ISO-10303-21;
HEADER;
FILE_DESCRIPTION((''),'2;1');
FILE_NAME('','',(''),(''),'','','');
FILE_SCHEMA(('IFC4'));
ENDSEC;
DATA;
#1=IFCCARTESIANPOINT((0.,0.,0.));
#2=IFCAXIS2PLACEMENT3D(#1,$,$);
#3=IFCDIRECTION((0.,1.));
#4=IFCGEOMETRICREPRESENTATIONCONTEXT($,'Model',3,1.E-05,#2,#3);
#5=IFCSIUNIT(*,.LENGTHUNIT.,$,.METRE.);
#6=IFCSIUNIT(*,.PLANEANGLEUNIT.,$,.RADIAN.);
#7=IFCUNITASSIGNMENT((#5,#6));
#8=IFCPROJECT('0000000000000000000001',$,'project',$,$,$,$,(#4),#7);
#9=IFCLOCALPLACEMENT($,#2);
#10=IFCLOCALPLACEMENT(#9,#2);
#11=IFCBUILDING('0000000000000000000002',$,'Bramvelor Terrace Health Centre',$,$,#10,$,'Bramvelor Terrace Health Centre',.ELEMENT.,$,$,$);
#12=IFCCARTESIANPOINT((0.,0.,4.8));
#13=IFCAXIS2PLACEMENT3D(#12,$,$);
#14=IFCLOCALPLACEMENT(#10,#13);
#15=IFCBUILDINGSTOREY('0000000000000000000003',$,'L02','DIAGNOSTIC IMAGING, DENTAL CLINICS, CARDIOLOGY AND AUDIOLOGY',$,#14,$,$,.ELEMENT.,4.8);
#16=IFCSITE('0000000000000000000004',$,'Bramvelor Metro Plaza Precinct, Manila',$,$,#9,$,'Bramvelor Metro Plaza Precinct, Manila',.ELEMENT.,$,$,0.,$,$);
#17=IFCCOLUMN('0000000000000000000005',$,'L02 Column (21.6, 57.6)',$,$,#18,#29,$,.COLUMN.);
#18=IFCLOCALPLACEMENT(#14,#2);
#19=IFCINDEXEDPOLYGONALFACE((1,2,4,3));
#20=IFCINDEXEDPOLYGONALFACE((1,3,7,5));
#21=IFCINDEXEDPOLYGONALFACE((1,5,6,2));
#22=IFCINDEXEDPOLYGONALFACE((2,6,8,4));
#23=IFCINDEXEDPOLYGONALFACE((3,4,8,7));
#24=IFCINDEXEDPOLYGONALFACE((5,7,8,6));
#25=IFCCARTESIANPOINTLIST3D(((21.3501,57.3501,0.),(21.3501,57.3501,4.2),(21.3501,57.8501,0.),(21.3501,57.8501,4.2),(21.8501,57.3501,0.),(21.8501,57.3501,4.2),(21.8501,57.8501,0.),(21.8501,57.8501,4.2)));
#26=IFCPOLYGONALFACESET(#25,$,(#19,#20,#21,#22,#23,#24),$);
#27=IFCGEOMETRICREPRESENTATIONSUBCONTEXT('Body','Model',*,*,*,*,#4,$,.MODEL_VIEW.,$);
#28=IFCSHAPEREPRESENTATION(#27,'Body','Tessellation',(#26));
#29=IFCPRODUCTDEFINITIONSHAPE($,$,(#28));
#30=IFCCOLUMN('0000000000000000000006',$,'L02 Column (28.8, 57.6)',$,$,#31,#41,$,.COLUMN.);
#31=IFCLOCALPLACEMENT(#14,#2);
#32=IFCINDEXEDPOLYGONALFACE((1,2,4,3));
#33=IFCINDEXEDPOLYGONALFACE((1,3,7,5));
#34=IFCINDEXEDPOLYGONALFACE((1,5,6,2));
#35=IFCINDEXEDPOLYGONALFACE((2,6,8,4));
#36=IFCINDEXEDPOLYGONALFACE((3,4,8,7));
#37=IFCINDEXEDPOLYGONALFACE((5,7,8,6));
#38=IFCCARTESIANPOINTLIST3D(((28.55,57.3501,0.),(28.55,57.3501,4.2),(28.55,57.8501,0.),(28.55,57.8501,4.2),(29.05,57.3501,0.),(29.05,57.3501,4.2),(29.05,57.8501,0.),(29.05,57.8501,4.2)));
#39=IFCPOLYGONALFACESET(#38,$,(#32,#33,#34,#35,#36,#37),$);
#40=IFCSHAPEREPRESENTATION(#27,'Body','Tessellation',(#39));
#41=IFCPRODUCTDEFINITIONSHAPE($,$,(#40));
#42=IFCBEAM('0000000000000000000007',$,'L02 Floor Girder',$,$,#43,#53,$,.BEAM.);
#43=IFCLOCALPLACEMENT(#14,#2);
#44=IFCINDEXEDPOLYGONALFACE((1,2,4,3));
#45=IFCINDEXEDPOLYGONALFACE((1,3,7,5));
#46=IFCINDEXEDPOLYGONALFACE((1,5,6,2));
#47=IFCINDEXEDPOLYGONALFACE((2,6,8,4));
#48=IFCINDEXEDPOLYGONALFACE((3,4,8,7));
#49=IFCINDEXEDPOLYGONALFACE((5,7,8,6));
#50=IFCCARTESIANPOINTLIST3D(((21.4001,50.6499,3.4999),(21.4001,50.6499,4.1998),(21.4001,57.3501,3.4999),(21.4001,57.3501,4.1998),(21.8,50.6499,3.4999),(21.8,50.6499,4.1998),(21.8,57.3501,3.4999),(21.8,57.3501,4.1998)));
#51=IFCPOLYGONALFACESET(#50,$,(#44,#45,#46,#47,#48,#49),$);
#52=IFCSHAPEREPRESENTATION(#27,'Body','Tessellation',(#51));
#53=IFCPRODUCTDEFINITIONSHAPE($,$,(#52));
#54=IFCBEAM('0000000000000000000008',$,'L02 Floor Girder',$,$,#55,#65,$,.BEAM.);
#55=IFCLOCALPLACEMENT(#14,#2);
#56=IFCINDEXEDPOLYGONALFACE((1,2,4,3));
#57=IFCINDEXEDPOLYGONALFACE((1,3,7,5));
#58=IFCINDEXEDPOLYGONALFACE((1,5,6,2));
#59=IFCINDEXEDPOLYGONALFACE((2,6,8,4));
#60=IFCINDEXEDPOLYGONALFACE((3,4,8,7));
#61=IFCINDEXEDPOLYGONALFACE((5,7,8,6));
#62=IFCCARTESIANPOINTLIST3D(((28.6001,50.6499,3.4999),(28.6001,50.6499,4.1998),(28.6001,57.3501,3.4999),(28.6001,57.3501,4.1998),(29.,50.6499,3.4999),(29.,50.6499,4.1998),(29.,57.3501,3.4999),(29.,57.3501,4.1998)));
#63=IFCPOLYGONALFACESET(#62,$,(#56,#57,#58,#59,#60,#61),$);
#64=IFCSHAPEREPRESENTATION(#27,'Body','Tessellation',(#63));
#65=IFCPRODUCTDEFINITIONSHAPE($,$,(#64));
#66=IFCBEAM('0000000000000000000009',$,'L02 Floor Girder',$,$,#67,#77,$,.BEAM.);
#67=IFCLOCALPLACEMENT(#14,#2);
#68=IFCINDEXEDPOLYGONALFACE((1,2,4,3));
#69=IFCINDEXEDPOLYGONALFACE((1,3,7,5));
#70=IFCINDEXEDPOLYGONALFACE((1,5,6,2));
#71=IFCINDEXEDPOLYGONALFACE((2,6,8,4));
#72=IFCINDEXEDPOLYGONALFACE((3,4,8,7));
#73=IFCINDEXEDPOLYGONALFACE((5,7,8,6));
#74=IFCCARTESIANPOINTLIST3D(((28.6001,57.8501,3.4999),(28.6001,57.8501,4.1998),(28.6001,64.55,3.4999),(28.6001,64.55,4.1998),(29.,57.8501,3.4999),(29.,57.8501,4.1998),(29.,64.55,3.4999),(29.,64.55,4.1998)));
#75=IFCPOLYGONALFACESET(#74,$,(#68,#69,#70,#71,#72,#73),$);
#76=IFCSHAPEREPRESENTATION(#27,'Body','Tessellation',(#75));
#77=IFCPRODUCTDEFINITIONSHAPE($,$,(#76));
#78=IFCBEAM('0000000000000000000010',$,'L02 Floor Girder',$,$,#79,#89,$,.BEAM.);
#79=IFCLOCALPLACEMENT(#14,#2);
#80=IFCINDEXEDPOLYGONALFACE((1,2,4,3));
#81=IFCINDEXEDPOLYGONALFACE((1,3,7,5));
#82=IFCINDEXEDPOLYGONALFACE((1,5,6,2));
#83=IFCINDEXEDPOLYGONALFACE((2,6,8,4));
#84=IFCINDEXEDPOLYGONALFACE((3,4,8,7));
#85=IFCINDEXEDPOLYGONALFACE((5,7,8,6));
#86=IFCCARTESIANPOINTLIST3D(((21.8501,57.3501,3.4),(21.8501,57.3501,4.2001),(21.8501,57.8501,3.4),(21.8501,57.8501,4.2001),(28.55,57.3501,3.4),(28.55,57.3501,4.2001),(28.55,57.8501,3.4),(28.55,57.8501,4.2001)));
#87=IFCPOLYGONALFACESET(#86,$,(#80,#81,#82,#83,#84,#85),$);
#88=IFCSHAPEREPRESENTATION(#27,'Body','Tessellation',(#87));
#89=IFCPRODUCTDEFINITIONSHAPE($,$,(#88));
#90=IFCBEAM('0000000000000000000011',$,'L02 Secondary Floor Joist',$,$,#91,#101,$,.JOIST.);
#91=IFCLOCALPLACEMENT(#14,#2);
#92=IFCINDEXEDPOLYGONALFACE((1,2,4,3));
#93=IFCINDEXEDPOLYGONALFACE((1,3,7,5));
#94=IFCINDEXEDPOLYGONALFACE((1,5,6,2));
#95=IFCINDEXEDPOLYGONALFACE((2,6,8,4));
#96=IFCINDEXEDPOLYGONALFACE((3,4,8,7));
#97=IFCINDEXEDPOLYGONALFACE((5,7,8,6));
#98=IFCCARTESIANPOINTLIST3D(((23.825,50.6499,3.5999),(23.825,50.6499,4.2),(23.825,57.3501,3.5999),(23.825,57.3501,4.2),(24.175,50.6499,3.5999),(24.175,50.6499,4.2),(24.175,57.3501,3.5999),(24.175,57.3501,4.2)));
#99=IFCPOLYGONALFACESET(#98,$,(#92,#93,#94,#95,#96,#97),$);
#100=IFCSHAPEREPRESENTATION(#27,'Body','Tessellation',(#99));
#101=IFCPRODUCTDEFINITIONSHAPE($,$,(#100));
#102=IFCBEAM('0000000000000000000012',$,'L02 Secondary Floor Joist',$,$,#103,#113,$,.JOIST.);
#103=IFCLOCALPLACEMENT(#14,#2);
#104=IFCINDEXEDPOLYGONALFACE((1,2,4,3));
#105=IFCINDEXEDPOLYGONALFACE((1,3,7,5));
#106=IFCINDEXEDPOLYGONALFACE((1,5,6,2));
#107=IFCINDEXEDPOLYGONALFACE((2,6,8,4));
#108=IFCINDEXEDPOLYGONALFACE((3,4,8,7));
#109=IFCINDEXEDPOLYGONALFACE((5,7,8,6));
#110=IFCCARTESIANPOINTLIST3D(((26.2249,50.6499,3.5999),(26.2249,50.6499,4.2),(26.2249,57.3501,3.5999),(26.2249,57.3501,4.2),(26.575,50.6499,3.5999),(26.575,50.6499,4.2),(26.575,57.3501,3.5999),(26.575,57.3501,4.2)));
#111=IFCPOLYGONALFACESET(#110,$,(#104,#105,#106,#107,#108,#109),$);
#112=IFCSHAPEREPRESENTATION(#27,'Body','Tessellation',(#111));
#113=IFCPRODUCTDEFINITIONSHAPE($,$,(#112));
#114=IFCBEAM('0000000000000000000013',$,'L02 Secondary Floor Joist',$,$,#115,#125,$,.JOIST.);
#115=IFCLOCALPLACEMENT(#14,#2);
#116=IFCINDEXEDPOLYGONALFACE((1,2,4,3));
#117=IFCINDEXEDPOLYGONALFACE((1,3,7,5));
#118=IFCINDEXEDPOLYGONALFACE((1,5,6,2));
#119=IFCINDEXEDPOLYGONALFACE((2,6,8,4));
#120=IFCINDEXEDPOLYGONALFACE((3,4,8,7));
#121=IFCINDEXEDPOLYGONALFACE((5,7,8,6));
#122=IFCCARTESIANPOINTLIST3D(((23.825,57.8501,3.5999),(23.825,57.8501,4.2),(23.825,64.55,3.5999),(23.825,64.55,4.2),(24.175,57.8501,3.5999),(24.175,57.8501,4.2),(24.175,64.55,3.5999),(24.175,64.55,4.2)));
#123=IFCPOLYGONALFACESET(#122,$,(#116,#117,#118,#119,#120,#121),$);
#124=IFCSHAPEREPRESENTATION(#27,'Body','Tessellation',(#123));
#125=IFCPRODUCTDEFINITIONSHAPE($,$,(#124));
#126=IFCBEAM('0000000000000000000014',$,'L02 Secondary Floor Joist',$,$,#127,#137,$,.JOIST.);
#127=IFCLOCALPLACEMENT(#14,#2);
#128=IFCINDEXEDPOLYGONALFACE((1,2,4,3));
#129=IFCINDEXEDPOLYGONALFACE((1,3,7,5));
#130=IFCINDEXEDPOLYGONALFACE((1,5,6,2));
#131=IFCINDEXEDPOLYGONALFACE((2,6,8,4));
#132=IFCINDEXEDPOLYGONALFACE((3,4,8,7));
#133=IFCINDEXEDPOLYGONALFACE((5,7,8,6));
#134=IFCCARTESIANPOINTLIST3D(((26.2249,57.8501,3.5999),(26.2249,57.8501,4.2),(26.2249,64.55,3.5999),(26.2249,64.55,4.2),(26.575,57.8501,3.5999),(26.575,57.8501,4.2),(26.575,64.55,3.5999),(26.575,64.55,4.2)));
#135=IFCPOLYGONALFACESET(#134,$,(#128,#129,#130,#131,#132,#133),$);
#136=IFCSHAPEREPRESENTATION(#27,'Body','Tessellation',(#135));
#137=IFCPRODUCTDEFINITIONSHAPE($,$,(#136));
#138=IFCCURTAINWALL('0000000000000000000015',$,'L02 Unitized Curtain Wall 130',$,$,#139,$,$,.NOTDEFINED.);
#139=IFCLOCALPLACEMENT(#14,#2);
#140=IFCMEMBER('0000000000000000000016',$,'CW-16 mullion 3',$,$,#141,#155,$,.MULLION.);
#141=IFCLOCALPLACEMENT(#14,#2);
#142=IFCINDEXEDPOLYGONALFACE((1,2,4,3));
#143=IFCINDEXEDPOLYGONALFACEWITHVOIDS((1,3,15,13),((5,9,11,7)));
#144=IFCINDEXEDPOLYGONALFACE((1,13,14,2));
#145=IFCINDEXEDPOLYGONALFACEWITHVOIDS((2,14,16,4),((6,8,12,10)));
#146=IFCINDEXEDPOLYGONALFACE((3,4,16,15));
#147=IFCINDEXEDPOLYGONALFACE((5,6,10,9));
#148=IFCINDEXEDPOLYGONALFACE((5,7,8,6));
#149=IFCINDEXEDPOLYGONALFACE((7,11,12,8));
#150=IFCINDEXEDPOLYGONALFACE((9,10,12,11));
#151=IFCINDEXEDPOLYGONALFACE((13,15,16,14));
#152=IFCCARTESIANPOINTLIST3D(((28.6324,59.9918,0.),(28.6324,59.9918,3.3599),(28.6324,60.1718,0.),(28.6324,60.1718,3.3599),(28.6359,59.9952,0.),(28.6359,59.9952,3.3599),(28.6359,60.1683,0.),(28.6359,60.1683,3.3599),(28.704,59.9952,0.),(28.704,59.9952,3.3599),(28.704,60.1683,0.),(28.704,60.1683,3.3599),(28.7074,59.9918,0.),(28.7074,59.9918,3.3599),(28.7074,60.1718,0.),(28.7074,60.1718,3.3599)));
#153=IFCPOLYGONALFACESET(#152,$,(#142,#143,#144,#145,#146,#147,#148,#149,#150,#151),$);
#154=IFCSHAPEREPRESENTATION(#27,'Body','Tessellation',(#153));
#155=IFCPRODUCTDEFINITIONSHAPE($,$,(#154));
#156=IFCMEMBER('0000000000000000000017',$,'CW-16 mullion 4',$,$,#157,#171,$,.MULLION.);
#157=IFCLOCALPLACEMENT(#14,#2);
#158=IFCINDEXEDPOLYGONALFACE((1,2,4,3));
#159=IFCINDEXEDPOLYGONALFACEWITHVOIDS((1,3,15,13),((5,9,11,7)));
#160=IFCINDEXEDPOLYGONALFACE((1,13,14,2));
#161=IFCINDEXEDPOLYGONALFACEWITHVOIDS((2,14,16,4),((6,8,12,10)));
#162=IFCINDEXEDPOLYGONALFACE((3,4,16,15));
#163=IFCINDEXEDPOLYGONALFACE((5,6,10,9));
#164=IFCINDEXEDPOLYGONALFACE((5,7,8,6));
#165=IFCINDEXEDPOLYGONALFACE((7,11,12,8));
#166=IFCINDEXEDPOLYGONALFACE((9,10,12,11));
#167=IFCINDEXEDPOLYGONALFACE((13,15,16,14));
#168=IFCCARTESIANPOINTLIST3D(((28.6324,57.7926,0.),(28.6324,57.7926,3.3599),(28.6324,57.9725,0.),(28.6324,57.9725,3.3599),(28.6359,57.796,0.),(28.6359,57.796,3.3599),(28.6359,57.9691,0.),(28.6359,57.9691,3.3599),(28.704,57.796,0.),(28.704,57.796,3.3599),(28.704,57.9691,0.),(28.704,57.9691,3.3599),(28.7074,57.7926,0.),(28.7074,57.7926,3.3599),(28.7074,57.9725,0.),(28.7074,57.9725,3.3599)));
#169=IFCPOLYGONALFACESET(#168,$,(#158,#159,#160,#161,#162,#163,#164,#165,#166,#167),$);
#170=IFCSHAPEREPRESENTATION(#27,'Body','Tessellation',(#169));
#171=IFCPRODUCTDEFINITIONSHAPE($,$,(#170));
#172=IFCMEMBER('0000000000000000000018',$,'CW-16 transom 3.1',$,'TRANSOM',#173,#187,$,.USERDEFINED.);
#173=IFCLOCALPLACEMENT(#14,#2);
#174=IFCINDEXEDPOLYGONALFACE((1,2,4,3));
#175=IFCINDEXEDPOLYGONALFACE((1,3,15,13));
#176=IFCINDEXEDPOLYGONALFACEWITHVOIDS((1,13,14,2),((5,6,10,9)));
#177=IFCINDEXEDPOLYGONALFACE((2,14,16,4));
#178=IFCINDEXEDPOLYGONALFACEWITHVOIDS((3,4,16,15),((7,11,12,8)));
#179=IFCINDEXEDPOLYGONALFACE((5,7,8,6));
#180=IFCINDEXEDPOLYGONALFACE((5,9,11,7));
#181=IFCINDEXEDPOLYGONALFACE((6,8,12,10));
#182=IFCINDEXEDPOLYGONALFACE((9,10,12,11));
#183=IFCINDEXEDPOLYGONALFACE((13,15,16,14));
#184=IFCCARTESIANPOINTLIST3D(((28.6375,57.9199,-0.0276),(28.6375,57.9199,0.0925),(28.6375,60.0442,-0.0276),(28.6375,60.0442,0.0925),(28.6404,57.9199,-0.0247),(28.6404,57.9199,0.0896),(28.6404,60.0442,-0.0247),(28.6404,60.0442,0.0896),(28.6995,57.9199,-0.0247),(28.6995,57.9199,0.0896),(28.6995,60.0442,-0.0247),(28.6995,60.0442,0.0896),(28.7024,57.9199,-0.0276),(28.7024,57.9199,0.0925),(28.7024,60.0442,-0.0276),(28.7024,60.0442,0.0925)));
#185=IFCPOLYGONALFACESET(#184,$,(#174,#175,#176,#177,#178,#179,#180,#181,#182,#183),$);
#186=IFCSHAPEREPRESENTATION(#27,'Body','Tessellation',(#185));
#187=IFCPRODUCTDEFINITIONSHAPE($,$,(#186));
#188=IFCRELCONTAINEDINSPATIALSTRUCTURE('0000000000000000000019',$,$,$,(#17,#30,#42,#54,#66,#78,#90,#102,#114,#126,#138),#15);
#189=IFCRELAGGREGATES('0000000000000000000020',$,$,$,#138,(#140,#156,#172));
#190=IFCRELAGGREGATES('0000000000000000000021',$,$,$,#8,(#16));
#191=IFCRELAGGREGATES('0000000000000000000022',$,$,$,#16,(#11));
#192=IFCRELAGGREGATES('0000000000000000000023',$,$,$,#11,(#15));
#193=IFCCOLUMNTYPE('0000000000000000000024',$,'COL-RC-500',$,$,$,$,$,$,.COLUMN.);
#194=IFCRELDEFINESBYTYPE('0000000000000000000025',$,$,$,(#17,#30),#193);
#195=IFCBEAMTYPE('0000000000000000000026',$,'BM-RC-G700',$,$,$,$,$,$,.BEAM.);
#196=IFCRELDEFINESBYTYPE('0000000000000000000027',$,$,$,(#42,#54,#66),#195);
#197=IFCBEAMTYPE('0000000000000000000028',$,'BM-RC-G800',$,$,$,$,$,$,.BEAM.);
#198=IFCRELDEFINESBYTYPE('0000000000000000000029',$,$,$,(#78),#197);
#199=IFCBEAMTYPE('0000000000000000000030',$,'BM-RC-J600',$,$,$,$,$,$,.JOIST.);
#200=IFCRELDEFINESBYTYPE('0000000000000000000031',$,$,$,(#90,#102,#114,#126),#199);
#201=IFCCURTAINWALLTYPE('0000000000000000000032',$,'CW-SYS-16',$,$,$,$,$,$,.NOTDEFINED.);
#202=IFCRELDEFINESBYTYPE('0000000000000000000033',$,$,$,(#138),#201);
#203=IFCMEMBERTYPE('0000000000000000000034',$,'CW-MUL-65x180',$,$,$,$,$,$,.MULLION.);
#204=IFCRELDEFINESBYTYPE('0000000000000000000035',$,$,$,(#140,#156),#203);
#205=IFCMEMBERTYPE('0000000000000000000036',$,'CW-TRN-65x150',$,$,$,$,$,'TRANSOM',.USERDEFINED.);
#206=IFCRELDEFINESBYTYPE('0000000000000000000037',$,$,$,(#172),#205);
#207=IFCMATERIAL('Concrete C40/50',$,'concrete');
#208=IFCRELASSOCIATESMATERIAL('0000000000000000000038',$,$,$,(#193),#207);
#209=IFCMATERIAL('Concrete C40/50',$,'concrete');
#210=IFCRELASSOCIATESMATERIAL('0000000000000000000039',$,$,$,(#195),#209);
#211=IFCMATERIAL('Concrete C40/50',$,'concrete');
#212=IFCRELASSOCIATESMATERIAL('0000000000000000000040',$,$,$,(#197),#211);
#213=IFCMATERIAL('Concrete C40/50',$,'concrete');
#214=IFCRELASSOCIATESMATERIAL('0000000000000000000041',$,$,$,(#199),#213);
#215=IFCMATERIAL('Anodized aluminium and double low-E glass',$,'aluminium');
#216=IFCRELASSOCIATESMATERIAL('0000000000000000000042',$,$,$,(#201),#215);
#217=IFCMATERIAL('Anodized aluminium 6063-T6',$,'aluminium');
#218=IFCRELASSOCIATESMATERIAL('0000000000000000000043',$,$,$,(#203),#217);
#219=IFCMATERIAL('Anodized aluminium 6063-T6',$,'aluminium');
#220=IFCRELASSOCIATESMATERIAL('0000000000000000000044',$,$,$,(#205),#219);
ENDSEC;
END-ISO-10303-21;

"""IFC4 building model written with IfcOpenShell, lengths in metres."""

from ifc_helpers import new_model, si_unit, direction, frame, origin, origin_2d, place, context, subcontext, project, spatial, rectangle, hollow_rectangle, extrude, material, material_profile, profile_set, type_object, element, aggregate, save


model = new_model("IFC4")

# Units and contexts
model_context = context("Model", 3, precision=1e-05, world=origin(), true_north=direction((0.0, 1.0)))
body_context = subcontext(model_context, "Body", "Model", "MODEL_VIEW")
ifc_project = project(units=[si_unit("LENGTHUNIT", "METRE"), si_unit("PLANEANGLEUNIT", "RADIAN")], contexts=[model_context])

# Site, building, storey
site_placement = place(None, origin())
site = spatial("IfcSite", under=ifc_project, at=site_placement, Name="Bramvelor Metro Plaza Precinct, Manila", LongName="Bramvelor Metro Plaza Precinct, Manila", CompositionType="ELEMENT", RefElevation=0.0)
building_placement = place(site_placement, origin())
building = spatial("IfcBuilding", under=site, at=building_placement, Name="Bramvelor Terrace Health Centre", LongName="Bramvelor Terrace Health Centre", CompositionType="ELEMENT")
storey_placement = place(building_placement, frame((0.0, 0.0, 4.8)))
storey = spatial("IfcBuildingStorey", under=building, at=storey_placement, Name="L02", Description="DIAGNOSTIC IMAGING, DENTAL CLINICS, CARDIOLOGY AND AUDIOLOGY", CompositionType="ELEMENT", Elevation=4.8)

# Columns
ifc_material_1 = material(Name="Concrete C40/50", Category="concrete")
ifc_material_profile_1 = material_profile(ifc_material_1, rectangle(XDim=0.5, YDim=0.5, at=origin_2d()), Name="RC 500x500")
ifc_profile_set_1 = profile_set([ifc_material_profile_1], Name="Concrete C40/50")
column_type = type_object("IfcColumnType", Name="COL-RC-500", PredefinedType="COLUMN", material=ifc_profile_set_1)
for number, where, z_axis, x_axis, name in (
    (1, (21.6001, 57.6001, 0.0), (0.0, 0.0, 1.0), (1.0, 0.0, 0.0), "L02 Column (21.6, 57.6)"),
    (2, (28.8, 57.6001, 0.0), (0.0, 0.0, 1.0), (1.0, 0.0, 0.0), "L02 Column (28.8, 57.6)"),
):
    element("IfcColumn", number, at=place(storey_placement, frame(where, z_axis=z_axis, x_axis=x_axis)), inside=storey, type_object=column_type, Name=name, PredefinedType="COLUMN", context=body_context, shape_type="SweptSolid", body=[
        extrude(rectangle(XDim=0.5, YDim=0.5, at=origin_2d()), origin(), (0.0, 0.0, 1.0), 4.2),
    ])

# Beams
ifc_material_2 = material(Name="Concrete C40/50", Category="concrete")
ifc_material_profile_2 = material_profile(ifc_material_2, rectangle(XDim=0.3999, YDim=0.7, at=origin_2d()), Name="RC 400x700")
ifc_profile_set_2 = profile_set([ifc_material_profile_2], Name="Concrete C40/50")
beam_type_1 = type_object("IfcBeamType", Name="BM-RC-G700", PredefinedType="BEAM", material=ifc_profile_set_2)
for number, where, z_axis, x_axis, name in (
    (3, (21.6001, 50.6499, 3.8499), (0.0, 1.0, 0.0), (-1.0, 0.0, 0.0), "L02 Floor Girder"),
    (4, (28.8, 50.6499, 3.8499), (0.0, 1.0, 0.0), (-1.0, 0.0, 0.0), "L02 Floor Girder"),
):
    element("IfcBeam", number, at=place(storey_placement, frame(where, z_axis=z_axis, x_axis=x_axis)), inside=storey, type_object=beam_type_1, Name=name, PredefinedType="BEAM", context=body_context, shape_type="SweptSolid", body=[
        extrude(rectangle(XDim=0.3999, YDim=0.7, at=origin_2d()), origin(), (0.0, 0.0, 1.0), 6.7002),
    ])
beam_1_placement = place(storey_placement, frame((28.8, 57.8501, 3.8499), z_axis=(0.0, 1.0, 0.0), x_axis=(-1.0, 0.0, 0.0)))
element("IfcBeam", 5, at=beam_1_placement, inside=storey, type_object=beam_type_1, Name="L02 Floor Girder", PredefinedType="BEAM", context=body_context, shape_type="SweptSolid", body=[
    extrude(rectangle(XDim=0.3999, YDim=0.7, at=origin_2d()), origin(), (0.0, 0.0, 1.0), 6.7),
])
ifc_material_3 = material(Name="Concrete C40/50", Category="concrete")
ifc_material_profile_3 = material_profile(ifc_material_3, rectangle(XDim=0.5, YDim=0.8, at=origin_2d()), Name="RC 500x800")
ifc_profile_set_3 = profile_set([ifc_material_profile_3], Name="Concrete C40/50")
beam_type_2 = type_object("IfcBeamType", Name="BM-RC-G800", PredefinedType="BEAM", material=ifc_profile_set_3)
beam_2_placement = place(storey_placement, frame((21.8501, 57.6001, 3.8), z_axis=(1.0, 0.0, 0.0), x_axis=(0.0, 1.0, 0.0)))
element("IfcBeam", 6, at=beam_2_placement, inside=storey, type_object=beam_type_2, Name="L02 Floor Girder", PredefinedType="BEAM", context=body_context, shape_type="SweptSolid", body=[
    extrude(rectangle(XDim=0.5, YDim=0.8, at=origin_2d()), origin(), (0.0, 0.0, 1.0), 6.7),
])
ifc_material_4 = material(Name="Concrete C40/50", Category="concrete")
ifc_material_profile_4 = material_profile(ifc_material_4, rectangle(XDim=0.3501, YDim=0.6001, at=origin_2d()), Name="RC 350x600")
ifc_profile_set_4 = profile_set([ifc_material_profile_4], Name="Concrete C40/50")
beam_type_3 = type_object("IfcBeamType", Name="BM-RC-J600", PredefinedType="JOIST", material=ifc_profile_set_4)
for number, where, z_axis, x_axis, name in (
    (7, (24.0, 50.6499, 3.8999), (0.0, 1.0, 0.0), (-1.0, 0.0, 0.0), "L02 Secondary Floor Joist"),
    (8, (26.3999, 50.6499, 3.8999), (0.0, 1.0, 0.0), (-1.0, 0.0, 0.0), "L02 Secondary Floor Joist"),
):
    element("IfcBeam", number, at=place(storey_placement, frame(where, z_axis=z_axis, x_axis=x_axis)), inside=storey, type_object=beam_type_3, Name=name, PredefinedType="JOIST", context=body_context, shape_type="SweptSolid", body=[
        extrude(rectangle(XDim=0.3501, YDim=0.6001, at=origin_2d()), origin(), (0.0, 0.0, 1.0), 6.7002),
    ])
for number, where, z_axis, x_axis, name in (
    (9, (24.0, 57.8501, 3.8999), (0.0, 1.0, 0.0), (-1.0, 0.0, 0.0), "L02 Secondary Floor Joist"),
    (10, (26.3999, 57.8501, 3.8999), (0.0, 1.0, 0.0), (-1.0, 0.0, 0.0), "L02 Secondary Floor Joist"),
):
    element("IfcBeam", number, at=place(storey_placement, frame(where, z_axis=z_axis, x_axis=x_axis)), inside=storey, type_object=beam_type_3, Name=name, PredefinedType="JOIST", context=body_context, shape_type="SweptSolid", body=[
        extrude(rectangle(XDim=0.3501, YDim=0.6001, at=origin_2d()), origin(), (0.0, 0.0, 1.0), 6.7),
    ])

# Curtain wall, members
ifc_material_5 = material(Name="Anodized aluminium and double low-E glass", Category="aluminium")
curtain_wall_type = type_object("IfcCurtainWallType", Name="CW-SYS-16", PredefinedType="NOTDEFINED", material=ifc_material_5)
curtain_wall_placement = place(storey_placement, origin())
curtain_wall = element("IfcCurtainWall", 11, at=curtain_wall_placement, inside=storey, type_object=curtain_wall_type, Name="L02 Unitized Curtain Wall 130", PredefinedType="NOTDEFINED")
ifc_material_6 = material(Name="Anodized aluminium 6063-T6", Category="aluminium")
ifc_material_profile_5 = material_profile(ifc_material_6, hollow_rectangle(XDim=0.075, YDim=0.1799, WallThickness=0.0034, at=origin_2d()), Name="ALU-MUL 75x180x3.5")
ifc_profile_set_5 = profile_set([ifc_material_profile_5], Name="Anodized aluminium 6063-T6")
member_type_1 = type_object("IfcMemberType", Name="CW-MUL-65x180", PredefinedType="MULLION", material=ifc_profile_set_5)
member_1_placement = place(storey_placement, frame((28.6699, 60.0818, 0.0), z_axis=(0.0, 0.0, 1.0), x_axis=(1.0, 0.0, 0.0)))
member_1 = element("IfcMember", 12, at=member_1_placement, type_object=member_type_1, Name="CW-16 mullion 3", PredefinedType="MULLION", context=body_context, shape_type="SweptSolid", body=[
    extrude(hollow_rectangle(XDim=0.075, YDim=0.1799, WallThickness=0.0034, at=origin_2d()), origin(), (0.0, 0.0, 1.0), 3.3599),
])
member_2_placement = place(storey_placement, frame((28.6699, 57.8826, 0.0), z_axis=(0.0, 0.0, 1.0), x_axis=(1.0, 0.0, 0.0)))
member_2 = element("IfcMember", 13, at=member_2_placement, type_object=member_type_1, Name="CW-16 mullion 4", PredefinedType="MULLION", context=body_context, shape_type="SweptSolid", body=[
    extrude(hollow_rectangle(XDim=0.075, YDim=0.1799, WallThickness=0.0034, at=origin_2d()), origin(), (0.0, 0.0, 1.0), 3.3599),
])
ifc_material_7 = material(Name="Anodized aluminium 6063-T6", Category="aluminium")
ifc_material_profile_6 = material_profile(ifc_material_7, hollow_rectangle(XDim=0.0649, YDim=0.1201, WallThickness=0.0029, at=origin_2d()), Name="ALU-TRN 65x120x3.0")
ifc_profile_set_6 = profile_set([ifc_material_profile_6], Name="Anodized aluminium 6063-T6")
member_type_2 = type_object("IfcMemberType", Name="CW-TRN-65x150", ElementType="TRANSOM", PredefinedType="USERDEFINED", material=ifc_profile_set_6)
member_3_placement = place(storey_placement, frame((28.6699, 60.0442, 0.0325), z_axis=(0.0, -1.0, 0.0), x_axis=(1.0, 0.0, 0.0)))
member_3 = element("IfcMember", 14, at=member_3_placement, type_object=member_type_2, Name="CW-16 transom 3.1", ObjectType="TRANSOM", PredefinedType="USERDEFINED", context=body_context, shape_type="SweptSolid", body=[
    extrude(hollow_rectangle(XDim=0.0649, YDim=0.1201, WallThickness=0.0029, at=origin_2d()), origin(), (0.0, 0.0, 1.0), 2.1243),
])
aggregate(curtain_wall, [member_1, member_2, member_3])

save(model, "model.ifc")
